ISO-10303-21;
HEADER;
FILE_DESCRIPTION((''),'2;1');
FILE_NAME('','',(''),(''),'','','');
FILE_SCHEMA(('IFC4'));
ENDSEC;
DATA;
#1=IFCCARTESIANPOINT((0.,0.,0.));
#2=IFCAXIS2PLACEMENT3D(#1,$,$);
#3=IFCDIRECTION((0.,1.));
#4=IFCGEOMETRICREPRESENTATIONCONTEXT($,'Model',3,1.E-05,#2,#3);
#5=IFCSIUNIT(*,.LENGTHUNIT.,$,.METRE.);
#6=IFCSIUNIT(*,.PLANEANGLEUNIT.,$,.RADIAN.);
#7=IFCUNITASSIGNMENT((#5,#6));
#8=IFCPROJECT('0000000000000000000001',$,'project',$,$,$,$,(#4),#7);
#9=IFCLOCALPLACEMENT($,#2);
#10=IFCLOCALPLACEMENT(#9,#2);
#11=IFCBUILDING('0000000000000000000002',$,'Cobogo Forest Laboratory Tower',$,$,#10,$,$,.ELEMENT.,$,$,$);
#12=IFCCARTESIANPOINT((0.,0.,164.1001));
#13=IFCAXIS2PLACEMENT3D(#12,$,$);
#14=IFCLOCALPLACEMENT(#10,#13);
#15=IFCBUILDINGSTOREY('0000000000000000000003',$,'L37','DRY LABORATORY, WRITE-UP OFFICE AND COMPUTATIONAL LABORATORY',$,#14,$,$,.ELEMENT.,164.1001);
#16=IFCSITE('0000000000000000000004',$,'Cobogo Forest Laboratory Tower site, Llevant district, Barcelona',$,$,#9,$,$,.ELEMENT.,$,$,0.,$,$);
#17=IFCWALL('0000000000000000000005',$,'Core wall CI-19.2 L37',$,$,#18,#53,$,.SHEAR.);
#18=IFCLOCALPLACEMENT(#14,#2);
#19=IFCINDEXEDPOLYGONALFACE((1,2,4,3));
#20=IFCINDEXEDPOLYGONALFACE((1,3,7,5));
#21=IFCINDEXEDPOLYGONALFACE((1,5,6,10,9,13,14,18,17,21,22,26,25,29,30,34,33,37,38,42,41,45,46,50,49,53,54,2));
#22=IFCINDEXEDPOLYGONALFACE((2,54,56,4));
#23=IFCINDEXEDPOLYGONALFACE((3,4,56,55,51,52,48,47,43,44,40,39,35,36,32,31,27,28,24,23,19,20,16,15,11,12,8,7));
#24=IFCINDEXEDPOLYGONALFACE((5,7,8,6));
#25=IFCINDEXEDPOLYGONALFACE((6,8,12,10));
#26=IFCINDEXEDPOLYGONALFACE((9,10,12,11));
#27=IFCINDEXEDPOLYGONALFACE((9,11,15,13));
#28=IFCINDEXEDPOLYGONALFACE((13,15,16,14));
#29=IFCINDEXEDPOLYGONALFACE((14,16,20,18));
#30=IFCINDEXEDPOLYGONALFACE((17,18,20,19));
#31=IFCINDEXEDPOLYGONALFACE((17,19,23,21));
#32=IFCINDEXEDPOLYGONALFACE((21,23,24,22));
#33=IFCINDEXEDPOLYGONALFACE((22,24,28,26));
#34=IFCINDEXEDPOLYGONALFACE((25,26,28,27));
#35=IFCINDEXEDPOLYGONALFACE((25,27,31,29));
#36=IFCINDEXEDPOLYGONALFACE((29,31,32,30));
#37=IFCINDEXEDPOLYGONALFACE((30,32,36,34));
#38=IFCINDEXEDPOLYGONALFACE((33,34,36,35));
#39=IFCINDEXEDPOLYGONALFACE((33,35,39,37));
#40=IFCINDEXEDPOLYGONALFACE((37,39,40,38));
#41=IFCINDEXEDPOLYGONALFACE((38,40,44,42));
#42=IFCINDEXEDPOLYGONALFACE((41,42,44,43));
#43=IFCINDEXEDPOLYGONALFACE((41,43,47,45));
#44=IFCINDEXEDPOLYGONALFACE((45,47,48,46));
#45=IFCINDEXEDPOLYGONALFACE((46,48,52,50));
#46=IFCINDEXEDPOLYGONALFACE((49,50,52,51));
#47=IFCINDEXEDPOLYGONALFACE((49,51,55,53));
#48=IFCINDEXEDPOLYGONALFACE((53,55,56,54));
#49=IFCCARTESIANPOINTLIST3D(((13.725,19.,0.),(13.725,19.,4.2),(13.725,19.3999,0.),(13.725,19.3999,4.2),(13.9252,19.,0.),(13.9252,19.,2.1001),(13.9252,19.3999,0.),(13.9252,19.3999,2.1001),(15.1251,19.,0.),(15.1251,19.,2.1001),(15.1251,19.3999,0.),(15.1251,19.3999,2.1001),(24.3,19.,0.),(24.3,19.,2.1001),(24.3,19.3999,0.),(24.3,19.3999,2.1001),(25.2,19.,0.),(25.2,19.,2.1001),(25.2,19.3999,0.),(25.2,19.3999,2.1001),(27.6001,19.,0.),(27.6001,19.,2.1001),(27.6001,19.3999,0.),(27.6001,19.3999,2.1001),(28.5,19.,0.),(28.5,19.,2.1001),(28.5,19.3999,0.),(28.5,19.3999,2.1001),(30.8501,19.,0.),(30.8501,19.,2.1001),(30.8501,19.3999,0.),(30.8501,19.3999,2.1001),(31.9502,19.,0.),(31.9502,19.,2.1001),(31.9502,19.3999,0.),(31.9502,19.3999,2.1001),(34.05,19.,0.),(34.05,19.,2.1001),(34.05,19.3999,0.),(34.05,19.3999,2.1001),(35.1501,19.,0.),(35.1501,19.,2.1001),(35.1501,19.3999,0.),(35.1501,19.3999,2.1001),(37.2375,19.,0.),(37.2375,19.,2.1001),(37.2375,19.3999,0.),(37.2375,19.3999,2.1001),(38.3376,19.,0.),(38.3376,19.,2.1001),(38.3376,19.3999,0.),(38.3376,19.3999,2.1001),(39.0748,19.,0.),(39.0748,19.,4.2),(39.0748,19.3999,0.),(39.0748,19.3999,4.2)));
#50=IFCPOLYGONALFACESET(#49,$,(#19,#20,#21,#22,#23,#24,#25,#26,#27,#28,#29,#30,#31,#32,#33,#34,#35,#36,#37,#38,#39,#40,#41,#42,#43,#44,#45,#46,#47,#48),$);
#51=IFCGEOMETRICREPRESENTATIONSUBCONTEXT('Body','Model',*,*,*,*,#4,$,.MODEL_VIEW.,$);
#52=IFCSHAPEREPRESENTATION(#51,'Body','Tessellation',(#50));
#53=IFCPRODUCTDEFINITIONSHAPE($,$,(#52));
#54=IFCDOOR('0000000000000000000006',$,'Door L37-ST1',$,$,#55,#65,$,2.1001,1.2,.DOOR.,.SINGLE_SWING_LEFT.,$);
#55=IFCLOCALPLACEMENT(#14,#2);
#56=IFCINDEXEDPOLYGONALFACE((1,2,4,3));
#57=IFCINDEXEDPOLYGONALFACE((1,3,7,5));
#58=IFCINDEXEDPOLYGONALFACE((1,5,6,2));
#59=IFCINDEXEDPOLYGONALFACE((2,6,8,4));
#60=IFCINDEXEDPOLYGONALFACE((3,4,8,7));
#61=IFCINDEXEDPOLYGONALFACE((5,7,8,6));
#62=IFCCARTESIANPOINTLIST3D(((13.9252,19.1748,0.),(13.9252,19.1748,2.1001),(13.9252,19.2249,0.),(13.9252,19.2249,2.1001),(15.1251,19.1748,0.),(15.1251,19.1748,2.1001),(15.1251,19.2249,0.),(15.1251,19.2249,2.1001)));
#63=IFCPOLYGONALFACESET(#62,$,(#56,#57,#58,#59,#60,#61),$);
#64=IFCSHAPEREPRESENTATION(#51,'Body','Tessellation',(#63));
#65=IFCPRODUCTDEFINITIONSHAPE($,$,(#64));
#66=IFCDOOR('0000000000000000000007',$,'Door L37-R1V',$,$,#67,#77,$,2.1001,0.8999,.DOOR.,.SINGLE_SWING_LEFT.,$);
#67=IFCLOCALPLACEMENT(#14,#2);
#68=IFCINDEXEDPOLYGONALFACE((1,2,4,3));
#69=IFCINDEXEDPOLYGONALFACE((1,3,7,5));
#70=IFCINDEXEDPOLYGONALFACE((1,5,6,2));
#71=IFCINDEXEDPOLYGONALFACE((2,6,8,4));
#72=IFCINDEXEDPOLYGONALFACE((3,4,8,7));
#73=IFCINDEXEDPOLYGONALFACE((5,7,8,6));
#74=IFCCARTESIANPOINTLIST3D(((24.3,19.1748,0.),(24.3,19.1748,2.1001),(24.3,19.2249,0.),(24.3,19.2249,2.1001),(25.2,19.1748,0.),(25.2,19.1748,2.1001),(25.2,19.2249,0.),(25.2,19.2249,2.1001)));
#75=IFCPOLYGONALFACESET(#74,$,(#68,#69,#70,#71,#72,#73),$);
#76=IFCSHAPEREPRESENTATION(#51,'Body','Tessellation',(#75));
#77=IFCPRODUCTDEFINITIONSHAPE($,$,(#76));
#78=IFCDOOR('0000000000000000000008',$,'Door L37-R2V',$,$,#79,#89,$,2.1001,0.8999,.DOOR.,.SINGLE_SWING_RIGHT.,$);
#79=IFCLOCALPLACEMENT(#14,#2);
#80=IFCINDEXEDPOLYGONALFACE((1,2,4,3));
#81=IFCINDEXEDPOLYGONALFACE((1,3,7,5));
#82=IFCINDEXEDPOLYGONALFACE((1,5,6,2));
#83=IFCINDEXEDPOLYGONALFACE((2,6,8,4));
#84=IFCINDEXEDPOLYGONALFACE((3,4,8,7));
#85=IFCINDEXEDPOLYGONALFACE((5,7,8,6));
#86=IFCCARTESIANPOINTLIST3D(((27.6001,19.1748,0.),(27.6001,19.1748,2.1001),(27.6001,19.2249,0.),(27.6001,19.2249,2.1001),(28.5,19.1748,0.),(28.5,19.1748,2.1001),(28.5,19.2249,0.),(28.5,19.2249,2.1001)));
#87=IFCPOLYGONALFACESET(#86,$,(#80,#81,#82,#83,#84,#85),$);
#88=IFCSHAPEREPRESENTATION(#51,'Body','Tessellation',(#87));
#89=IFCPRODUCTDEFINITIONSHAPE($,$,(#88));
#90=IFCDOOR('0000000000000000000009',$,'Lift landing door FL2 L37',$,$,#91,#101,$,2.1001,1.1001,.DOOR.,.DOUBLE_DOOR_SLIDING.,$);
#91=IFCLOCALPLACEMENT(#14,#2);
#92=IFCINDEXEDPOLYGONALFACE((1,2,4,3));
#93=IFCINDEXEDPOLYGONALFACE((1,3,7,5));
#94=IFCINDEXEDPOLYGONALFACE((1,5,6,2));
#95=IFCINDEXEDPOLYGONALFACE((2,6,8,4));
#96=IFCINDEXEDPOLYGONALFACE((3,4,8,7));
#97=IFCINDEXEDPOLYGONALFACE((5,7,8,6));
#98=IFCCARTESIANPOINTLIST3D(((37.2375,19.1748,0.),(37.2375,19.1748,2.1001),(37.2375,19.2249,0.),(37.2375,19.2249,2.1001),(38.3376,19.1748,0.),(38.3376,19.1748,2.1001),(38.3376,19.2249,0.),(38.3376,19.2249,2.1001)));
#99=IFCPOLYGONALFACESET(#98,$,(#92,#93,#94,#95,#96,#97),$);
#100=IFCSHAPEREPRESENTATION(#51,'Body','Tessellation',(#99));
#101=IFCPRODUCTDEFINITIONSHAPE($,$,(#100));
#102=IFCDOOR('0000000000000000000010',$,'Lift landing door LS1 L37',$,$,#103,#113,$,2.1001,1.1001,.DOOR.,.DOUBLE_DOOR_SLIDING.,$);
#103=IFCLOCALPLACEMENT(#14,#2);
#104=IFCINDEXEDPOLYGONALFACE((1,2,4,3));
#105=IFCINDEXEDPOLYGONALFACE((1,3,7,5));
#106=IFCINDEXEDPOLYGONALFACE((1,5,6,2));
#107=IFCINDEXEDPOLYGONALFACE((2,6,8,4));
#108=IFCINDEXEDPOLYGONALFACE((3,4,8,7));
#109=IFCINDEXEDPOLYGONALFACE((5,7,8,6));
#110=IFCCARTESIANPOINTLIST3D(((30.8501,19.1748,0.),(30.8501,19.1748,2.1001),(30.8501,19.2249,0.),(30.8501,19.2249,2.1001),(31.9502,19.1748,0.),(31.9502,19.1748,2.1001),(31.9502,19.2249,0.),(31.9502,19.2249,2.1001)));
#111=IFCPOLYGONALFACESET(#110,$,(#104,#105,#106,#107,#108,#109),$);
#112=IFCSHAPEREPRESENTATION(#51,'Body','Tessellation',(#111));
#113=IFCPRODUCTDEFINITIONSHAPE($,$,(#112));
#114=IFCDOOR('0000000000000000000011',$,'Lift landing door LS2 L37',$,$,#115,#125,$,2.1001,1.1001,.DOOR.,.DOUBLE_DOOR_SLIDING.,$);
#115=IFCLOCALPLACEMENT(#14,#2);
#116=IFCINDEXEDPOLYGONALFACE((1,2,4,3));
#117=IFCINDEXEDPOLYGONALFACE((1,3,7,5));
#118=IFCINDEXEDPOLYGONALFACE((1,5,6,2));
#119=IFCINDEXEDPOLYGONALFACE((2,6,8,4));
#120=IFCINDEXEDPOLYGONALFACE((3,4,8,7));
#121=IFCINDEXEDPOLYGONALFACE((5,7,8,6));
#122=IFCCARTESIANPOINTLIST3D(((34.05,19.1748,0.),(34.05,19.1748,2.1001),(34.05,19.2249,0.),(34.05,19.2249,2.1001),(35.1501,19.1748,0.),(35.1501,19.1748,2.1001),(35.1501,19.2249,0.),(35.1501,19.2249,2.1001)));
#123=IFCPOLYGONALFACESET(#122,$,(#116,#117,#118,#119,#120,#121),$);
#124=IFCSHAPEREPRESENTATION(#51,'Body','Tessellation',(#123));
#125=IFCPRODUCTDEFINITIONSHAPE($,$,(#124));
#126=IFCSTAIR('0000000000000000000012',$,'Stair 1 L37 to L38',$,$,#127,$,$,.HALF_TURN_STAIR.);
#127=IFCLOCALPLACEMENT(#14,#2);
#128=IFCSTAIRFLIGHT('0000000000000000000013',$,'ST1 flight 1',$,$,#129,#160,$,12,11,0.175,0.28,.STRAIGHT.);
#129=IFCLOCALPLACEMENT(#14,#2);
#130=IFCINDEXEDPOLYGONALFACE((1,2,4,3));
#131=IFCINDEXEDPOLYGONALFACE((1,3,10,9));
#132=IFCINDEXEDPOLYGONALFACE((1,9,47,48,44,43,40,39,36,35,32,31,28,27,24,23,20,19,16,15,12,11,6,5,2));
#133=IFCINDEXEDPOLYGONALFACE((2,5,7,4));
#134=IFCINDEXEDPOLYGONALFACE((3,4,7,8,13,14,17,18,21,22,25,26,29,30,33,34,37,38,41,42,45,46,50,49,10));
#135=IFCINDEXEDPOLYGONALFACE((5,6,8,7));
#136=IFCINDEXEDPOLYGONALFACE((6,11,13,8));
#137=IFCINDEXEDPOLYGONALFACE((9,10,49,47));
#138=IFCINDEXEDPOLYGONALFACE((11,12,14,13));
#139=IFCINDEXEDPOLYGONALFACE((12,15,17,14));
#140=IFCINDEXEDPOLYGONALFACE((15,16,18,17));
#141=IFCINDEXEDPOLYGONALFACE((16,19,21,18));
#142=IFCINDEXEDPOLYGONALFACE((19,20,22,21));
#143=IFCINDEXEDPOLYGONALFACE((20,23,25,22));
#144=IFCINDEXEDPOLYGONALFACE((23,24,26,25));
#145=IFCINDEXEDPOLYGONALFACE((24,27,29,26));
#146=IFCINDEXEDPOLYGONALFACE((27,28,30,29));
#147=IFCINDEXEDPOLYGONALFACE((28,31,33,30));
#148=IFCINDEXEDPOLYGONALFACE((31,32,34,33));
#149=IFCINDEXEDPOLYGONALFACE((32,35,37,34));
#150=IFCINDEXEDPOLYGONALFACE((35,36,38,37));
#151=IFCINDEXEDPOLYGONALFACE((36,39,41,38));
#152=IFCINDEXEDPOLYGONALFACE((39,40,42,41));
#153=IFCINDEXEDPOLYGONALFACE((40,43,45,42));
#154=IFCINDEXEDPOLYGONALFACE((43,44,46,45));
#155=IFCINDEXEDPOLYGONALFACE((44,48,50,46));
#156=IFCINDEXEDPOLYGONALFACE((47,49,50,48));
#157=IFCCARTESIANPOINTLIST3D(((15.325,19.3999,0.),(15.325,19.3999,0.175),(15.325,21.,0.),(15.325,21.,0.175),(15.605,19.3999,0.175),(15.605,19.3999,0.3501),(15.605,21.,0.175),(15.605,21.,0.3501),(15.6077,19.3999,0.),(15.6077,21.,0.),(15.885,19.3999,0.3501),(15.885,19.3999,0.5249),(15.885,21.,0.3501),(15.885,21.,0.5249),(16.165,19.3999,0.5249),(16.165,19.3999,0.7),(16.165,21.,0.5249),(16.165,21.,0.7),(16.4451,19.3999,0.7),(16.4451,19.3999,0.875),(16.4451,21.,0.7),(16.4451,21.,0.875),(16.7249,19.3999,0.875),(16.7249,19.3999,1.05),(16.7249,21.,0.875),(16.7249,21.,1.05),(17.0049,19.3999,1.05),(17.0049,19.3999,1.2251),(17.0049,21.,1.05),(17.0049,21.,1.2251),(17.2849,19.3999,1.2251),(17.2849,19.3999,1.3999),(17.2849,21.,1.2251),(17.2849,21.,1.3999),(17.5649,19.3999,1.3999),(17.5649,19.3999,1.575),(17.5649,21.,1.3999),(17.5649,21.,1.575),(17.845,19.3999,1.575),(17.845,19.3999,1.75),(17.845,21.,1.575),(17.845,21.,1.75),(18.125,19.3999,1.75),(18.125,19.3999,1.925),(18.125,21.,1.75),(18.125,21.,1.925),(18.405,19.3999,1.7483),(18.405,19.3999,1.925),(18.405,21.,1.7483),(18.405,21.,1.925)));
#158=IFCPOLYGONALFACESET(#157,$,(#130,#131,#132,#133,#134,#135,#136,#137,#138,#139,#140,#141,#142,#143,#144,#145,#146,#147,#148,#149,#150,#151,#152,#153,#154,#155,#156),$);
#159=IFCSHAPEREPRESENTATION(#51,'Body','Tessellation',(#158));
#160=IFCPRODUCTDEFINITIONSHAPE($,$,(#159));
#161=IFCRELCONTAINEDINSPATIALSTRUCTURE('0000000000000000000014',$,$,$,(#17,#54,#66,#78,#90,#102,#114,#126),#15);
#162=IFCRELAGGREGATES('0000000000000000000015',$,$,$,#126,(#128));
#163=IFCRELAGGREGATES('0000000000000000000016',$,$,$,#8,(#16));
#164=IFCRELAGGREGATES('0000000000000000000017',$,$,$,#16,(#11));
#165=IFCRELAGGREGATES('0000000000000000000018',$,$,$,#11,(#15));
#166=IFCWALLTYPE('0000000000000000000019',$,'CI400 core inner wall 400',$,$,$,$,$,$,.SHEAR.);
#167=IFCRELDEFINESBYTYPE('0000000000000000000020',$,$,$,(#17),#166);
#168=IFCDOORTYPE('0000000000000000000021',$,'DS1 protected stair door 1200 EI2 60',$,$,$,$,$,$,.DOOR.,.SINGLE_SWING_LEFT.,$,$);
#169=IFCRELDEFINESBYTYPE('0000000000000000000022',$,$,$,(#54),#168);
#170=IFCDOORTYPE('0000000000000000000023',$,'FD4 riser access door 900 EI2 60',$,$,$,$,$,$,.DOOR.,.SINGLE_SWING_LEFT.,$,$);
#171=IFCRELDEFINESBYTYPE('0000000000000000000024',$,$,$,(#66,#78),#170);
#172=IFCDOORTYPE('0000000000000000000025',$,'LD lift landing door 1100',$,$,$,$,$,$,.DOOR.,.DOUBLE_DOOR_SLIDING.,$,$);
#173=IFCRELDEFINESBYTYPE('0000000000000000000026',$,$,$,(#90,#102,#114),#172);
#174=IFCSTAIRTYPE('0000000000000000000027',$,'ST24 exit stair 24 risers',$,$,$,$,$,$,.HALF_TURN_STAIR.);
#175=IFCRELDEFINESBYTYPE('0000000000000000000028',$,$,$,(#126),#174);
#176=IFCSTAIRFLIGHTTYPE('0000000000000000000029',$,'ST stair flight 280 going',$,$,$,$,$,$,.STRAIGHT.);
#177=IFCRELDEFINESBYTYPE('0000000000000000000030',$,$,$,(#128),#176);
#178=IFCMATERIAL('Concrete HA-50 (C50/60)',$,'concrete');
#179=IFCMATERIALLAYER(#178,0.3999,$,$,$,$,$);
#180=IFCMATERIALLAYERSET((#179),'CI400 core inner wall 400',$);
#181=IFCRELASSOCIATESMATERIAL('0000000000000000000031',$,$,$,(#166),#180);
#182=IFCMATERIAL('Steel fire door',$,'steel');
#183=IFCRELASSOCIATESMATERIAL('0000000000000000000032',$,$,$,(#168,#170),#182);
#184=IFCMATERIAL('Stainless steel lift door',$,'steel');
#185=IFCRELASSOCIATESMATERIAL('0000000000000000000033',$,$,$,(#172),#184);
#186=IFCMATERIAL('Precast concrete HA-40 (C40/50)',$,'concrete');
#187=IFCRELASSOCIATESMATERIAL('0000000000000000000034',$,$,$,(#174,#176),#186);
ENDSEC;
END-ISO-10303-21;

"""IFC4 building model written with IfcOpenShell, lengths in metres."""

from ifc_helpers import new_model, si_unit, direction, frame, frame_2d, origin, place, context, subcontext, project, spatial, polyline, rectangle, outline, extrude, material, layer, layer_set, type_object, element, fill, aggregate, save


model = new_model("IFC4")

# Units and contexts
model_context = context("Model", 3, precision=1e-05, world=origin(), true_north=direction((0.0, 1.0)))
body_context = subcontext(model_context, "Body", "Model", "MODEL_VIEW")
ifc_project = project(units=[si_unit("LENGTHUNIT", "METRE"), si_unit("PLANEANGLEUNIT", "RADIAN")], contexts=[model_context])

# Site, building, storey
site_placement = place(None, origin())
site = spatial("IfcSite", under=ifc_project, at=site_placement, Name="Cobogo Forest Laboratory Tower site, Llevant district, Barcelona", CompositionType="ELEMENT", RefElevation=0.0)
building_placement = place(site_placement, origin())
building = spatial("IfcBuilding", under=site, at=building_placement, Name="Cobogo Forest Laboratory Tower", CompositionType="ELEMENT")
storey_placement = place(building_placement, frame((0.0, 0.0, 164.1001)))
storey = spatial("IfcBuildingStorey", under=building, at=storey_placement, Name="L37", Description="DRY LABORATORY, WRITE-UP OFFICE AND COMPUTATIONAL LABORATORY", CompositionType="ELEMENT", Elevation=164.1001)

# Wall, openings, doors
ifc_material_1 = material(Name="Concrete HA-50 (C50/60)", Category="concrete")
ifc_layer = layer(ifc_material_1, 0.3999)
ifc_layer_set = layer_set([ifc_layer], Name="CI400 core inner wall 400")
wall_type = type_object("IfcWallType", Name="CI400 core inner wall 400", PredefinedType="SHEAR", material=ifc_layer_set)
ifc_material_2 = material(Name="Steel fire door", Category="steel")
wall_1_placement = place(storey_placement, frame((13.7251, 19.2, 0.0), z_axis=(0.0, 0.0, 1.0), x_axis=(1.0, 0.0, 0.0)))
wall_1 = element("IfcWall", 1, at=wall_1_placement, inside=storey, type_object=wall_type, Name="Core wall CI-19.2 L37", PredefinedType="SHEAR", context=body_context, shape_type="SweptSolid", body=[
    extrude(rectangle(XDim=25.3499, YDim=0.3999, at=frame_2d((12.6748, 0.0))), origin(), (0.0, 0.0, 1.0), 4.2),
])
opening_1_placement = place(wall_1_placement, frame((10.575, 0.0, 0.0)))
opening_1 = element("IfcOpeningElement", 2, at=opening_1_placement, cuts=wall_1, PredefinedType="OPENING", context=body_context, shape_type="SweptSolid", body=[
    extrude(rectangle(XDim=0.8999, YDim=2.1001, at=frame_2d((0.45, 1.05))), frame((0.0, 0.21, 0.0), z_axis=(0.0, -1.0, 0.0), x_axis=(1.0, 0.0, 0.0)), (0.0, 0.0, 1.0), 0.4199),
])
opening_2_placement = place(wall_1_placement, frame((13.875, 0.0, 0.0)))
opening_2 = element("IfcOpeningElement", 3, at=opening_2_placement, cuts=wall_1, PredefinedType="OPENING", context=body_context, shape_type="SweptSolid", body=[
    extrude(rectangle(XDim=0.8999, YDim=2.1001, at=frame_2d((0.45, 1.05))), frame((0.0, 0.21, 0.0), z_axis=(0.0, -1.0, 0.0), x_axis=(1.0, 0.0, 0.0)), (0.0, 0.0, 1.0), 0.4199),
])
opening_3_placement = place(wall_1_placement, frame((0.2, 0.0, 0.0)))
opening_3 = element("IfcOpeningElement", 4, at=opening_3_placement, cuts=wall_1, PredefinedType="OPENING", context=body_context, shape_type="SweptSolid", body=[
    extrude(rectangle(XDim=1.2, YDim=2.1001, at=frame_2d((0.6001, 1.05))), frame((0.0, 0.21, 0.0), z_axis=(0.0, -1.0, 0.0), x_axis=(1.0, 0.0, 0.0)), (0.0, 0.0, 1.0), 0.4199),
])
opening_4_placement = place(wall_1_placement, frame((23.5125, 0.0, 0.0)))
opening_4 = element("IfcOpeningElement", 5, at=opening_4_placement, cuts=wall_1, PredefinedType="OPENING", context=body_context, shape_type="SweptSolid", body=[
    extrude(rectangle(XDim=1.1001, YDim=2.1001, at=frame_2d((0.55, 1.05))), frame((0.0, 0.21, 0.0), z_axis=(0.0, -1.0, 0.0), x_axis=(1.0, 0.0, 0.0)), (0.0, 0.0, 1.0), 0.4199),
])
opening_5_placement = place(wall_1_placement, frame((17.125, 0.0, 0.0)))
opening_5 = element("IfcOpeningElement", 6, at=opening_5_placement, cuts=wall_1, PredefinedType="OPENING", context=body_context, shape_type="SweptSolid", body=[
    extrude(rectangle(XDim=1.1001, YDim=2.1001, at=frame_2d((0.55, 1.05))), frame((0.0, 0.21, 0.0), z_axis=(0.0, -1.0, 0.0), x_axis=(1.0, 0.0, 0.0)), (0.0, 0.0, 1.0), 0.4199),
])
opening_6_placement = place(wall_1_placement, frame((20.325, 0.0, 0.0)))
opening_6 = element("IfcOpeningElement", 7, at=opening_6_placement, cuts=wall_1, PredefinedType="OPENING", context=body_context, shape_type="SweptSolid", body=[
    extrude(rectangle(XDim=1.1001, YDim=2.1001, at=frame_2d((0.55, 1.05))), frame((0.0, 0.21, 0.0), z_axis=(0.0, -1.0, 0.0), x_axis=(1.0, 0.0, 0.0)), (0.0, 0.0, 1.0), 0.4199),
])
door_type_1 = type_object("IfcDoorType", Name="DS1 protected stair door 1200 EI2 60", OperationType="SINGLE_SWING_LEFT", PredefinedType="DOOR", material=ifc_material_2)
door_1_placement = place(opening_3_placement, origin())
door_1 = element("IfcDoor", 8, at=door_1_placement, inside=storey, type_object=door_type_1, Name="Door L37-ST1", OperationType="SINGLE_SWING_LEFT", OverallHeight=2.1001, OverallWidth=1.2, PredefinedType="DOOR", context=body_context, shape_type="SweptSolid", body=[
    extrude(rectangle(XDim=1.2, YDim=2.1001, at=frame_2d((0.6001, 1.05))), frame((0.0, 0.0249, 0.0), z_axis=(0.0, -1.0, 0.0), x_axis=(1.0, 0.0, 0.0)), (0.0, 0.0, 1.0), 0.05),
])
fill(opening_3, door_1)
door_type_2 = type_object("IfcDoorType", Name="FD4 riser access door 900 EI2 60", OperationType="SINGLE_SWING_LEFT", PredefinedType="DOOR", material=ifc_material_2)
door_2_placement = place(opening_1_placement, origin())
door_2 = element("IfcDoor", 9, at=door_2_placement, inside=storey, type_object=door_type_2, Name="Door L37-R1V", OperationType="SINGLE_SWING_LEFT", OverallHeight=2.1001, OverallWidth=0.8999, PredefinedType="DOOR", context=body_context, shape_type="SweptSolid", body=[
    extrude(rectangle(XDim=0.8999, YDim=2.1001, at=frame_2d((0.45, 1.05))), frame((0.0, 0.0249, 0.0), z_axis=(0.0, -1.0, 0.0), x_axis=(1.0, 0.0, 0.0)), (0.0, 0.0, 1.0), 0.05),
])
fill(opening_1, door_2)
door_3_placement = place(opening_2_placement, origin())
door_3 = element("IfcDoor", 10, at=door_3_placement, inside=storey, type_object=door_type_2, Name="Door L37-R2V", OperationType="SINGLE_SWING_RIGHT", OverallHeight=2.1001, OverallWidth=0.8999, PredefinedType="DOOR", context=body_context, shape_type="SweptSolid", body=[
    extrude(rectangle(XDim=0.8999, YDim=2.1001, at=frame_2d((0.45, 1.05))), frame((0.0, 0.0249, 0.0), z_axis=(0.0, -1.0, 0.0), x_axis=(1.0, 0.0, 0.0)), (0.0, 0.0, 1.0), 0.05),
])
fill(opening_2, door_3)
ifc_material_3 = material(Name="Stainless steel lift door", Category="steel")
door_type_3 = type_object("IfcDoorType", Name="LD lift landing door 1100", OperationType="DOUBLE_DOOR_SLIDING", PredefinedType="DOOR", material=ifc_material_3)
door_4_placement = place(opening_4_placement, origin())
door_4 = element("IfcDoor", 11, at=door_4_placement, inside=storey, type_object=door_type_3, Name="Lift landing door FL2 L37", OperationType="DOUBLE_DOOR_SLIDING", OverallHeight=2.1001, OverallWidth=1.1001, PredefinedType="DOOR", context=body_context, shape_type="SweptSolid", body=[
    extrude(rectangle(XDim=1.1001, YDim=2.1001, at=frame_2d((0.55, 1.05))), frame((0.0, 0.0249, 0.0), z_axis=(0.0, -1.0, 0.0), x_axis=(1.0, 0.0, 0.0)), (0.0, 0.0, 1.0), 0.05),
])
fill(opening_4, door_4)
door_5_placement = place(opening_5_placement, origin())
door_5 = element("IfcDoor", 12, at=door_5_placement, inside=storey, type_object=door_type_3, Name="Lift landing door LS1 L37", OperationType="DOUBLE_DOOR_SLIDING", OverallHeight=2.1001, OverallWidth=1.1001, PredefinedType="DOOR", context=body_context, shape_type="SweptSolid", body=[
    extrude(rectangle(XDim=1.1001, YDim=2.1001, at=frame_2d((0.55, 1.05))), frame((0.0, 0.0249, 0.0), z_axis=(0.0, -1.0, 0.0), x_axis=(1.0, 0.0, 0.0)), (0.0, 0.0, 1.0), 0.05),
])
fill(opening_5, door_5)
door_6_placement = place(opening_6_placement, origin())
door_6 = element("IfcDoor", 13, at=door_6_placement, inside=storey, type_object=door_type_3, Name="Lift landing door LS2 L37", OperationType="DOUBLE_DOOR_SLIDING", OverallHeight=2.1001, OverallWidth=1.1001, PredefinedType="DOOR", context=body_context, shape_type="SweptSolid", body=[
    extrude(rectangle(XDim=1.1001, YDim=2.1001, at=frame_2d((0.55, 1.05))), frame((0.0, 0.0249, 0.0), z_axis=(0.0, -1.0, 0.0), x_axis=(1.0, 0.0, 0.0)), (0.0, 0.0, 1.0), 0.05),
])
fill(opening_6, door_6)

# Stair, stair flight
ifc_material_4 = material(Name="Precast concrete HA-40 (C40/50)", Category="concrete")
stair_type = type_object("IfcStairType", Name="ST24 exit stair 24 risers", PredefinedType="HALF_TURN_STAIR", material=ifc_material_4)
stair_placement = place(storey_placement, origin())
stair = element("IfcStair", 14, at=stair_placement, inside=storey, type_object=stair_type, Name="Stair 1 L37 to L38", PredefinedType="HALF_TURN_STAIR")
stair_flight_type = type_object("IfcStairFlightType", Name="ST stair flight 280 going", PredefinedType="STRAIGHT", material=ifc_material_4)
stair_flight_1_placement = place(storey_placement, frame((15.325, 20.2, 0.0), z_axis=(0.0, 0.0, 1.0), x_axis=(1.0, 0.0, 0.0)))
stair_flight_1 = element("IfcStairFlight", 15, at=stair_flight_1_placement, type_object=stair_flight_type, Name="ST1 flight 1", NumberOfRisers=12, NumberOfTreads=11, PredefinedType="STRAIGHT", RiserHeight=0.175, TreadLength=0.28, context=body_context, shape_type="SweptSolid", body=[
    extrude(outline(polyline([(0.0, 0.0), (0.0, 0.175), (0.28, 0.175), (0.28, 0.3501), (0.5601, 0.3501), (0.5601, 0.5249), (0.8401, 0.5249), (0.8401, 0.7), (1.1201, 0.7), (1.1201, 0.875), (1.3999, 0.875), (1.3999, 1.05), (1.6799, 1.05), (1.6799, 1.2251), (1.96, 1.2251), (1.96, 1.3999), (2.24, 1.3999), (2.24, 1.575), (2.52, 1.575), (2.52, 1.75), (2.8, 1.75), (2.8, 1.925), (3.0801, 1.925), (3.0801, 2.1001), (3.0801, 1.7483), (0.2827, 0.0), (0.0, 0.0)])), frame((0.0, 0.8, 0.0), z_axis=(0.0, -1.0, 0.0), x_axis=(1.0, 0.0, 0.0)), (0.0, 0.0, 1.0), 1.6001),
])
aggregate(stair, [stair_flight_1])

save(model, "model.ifc")
